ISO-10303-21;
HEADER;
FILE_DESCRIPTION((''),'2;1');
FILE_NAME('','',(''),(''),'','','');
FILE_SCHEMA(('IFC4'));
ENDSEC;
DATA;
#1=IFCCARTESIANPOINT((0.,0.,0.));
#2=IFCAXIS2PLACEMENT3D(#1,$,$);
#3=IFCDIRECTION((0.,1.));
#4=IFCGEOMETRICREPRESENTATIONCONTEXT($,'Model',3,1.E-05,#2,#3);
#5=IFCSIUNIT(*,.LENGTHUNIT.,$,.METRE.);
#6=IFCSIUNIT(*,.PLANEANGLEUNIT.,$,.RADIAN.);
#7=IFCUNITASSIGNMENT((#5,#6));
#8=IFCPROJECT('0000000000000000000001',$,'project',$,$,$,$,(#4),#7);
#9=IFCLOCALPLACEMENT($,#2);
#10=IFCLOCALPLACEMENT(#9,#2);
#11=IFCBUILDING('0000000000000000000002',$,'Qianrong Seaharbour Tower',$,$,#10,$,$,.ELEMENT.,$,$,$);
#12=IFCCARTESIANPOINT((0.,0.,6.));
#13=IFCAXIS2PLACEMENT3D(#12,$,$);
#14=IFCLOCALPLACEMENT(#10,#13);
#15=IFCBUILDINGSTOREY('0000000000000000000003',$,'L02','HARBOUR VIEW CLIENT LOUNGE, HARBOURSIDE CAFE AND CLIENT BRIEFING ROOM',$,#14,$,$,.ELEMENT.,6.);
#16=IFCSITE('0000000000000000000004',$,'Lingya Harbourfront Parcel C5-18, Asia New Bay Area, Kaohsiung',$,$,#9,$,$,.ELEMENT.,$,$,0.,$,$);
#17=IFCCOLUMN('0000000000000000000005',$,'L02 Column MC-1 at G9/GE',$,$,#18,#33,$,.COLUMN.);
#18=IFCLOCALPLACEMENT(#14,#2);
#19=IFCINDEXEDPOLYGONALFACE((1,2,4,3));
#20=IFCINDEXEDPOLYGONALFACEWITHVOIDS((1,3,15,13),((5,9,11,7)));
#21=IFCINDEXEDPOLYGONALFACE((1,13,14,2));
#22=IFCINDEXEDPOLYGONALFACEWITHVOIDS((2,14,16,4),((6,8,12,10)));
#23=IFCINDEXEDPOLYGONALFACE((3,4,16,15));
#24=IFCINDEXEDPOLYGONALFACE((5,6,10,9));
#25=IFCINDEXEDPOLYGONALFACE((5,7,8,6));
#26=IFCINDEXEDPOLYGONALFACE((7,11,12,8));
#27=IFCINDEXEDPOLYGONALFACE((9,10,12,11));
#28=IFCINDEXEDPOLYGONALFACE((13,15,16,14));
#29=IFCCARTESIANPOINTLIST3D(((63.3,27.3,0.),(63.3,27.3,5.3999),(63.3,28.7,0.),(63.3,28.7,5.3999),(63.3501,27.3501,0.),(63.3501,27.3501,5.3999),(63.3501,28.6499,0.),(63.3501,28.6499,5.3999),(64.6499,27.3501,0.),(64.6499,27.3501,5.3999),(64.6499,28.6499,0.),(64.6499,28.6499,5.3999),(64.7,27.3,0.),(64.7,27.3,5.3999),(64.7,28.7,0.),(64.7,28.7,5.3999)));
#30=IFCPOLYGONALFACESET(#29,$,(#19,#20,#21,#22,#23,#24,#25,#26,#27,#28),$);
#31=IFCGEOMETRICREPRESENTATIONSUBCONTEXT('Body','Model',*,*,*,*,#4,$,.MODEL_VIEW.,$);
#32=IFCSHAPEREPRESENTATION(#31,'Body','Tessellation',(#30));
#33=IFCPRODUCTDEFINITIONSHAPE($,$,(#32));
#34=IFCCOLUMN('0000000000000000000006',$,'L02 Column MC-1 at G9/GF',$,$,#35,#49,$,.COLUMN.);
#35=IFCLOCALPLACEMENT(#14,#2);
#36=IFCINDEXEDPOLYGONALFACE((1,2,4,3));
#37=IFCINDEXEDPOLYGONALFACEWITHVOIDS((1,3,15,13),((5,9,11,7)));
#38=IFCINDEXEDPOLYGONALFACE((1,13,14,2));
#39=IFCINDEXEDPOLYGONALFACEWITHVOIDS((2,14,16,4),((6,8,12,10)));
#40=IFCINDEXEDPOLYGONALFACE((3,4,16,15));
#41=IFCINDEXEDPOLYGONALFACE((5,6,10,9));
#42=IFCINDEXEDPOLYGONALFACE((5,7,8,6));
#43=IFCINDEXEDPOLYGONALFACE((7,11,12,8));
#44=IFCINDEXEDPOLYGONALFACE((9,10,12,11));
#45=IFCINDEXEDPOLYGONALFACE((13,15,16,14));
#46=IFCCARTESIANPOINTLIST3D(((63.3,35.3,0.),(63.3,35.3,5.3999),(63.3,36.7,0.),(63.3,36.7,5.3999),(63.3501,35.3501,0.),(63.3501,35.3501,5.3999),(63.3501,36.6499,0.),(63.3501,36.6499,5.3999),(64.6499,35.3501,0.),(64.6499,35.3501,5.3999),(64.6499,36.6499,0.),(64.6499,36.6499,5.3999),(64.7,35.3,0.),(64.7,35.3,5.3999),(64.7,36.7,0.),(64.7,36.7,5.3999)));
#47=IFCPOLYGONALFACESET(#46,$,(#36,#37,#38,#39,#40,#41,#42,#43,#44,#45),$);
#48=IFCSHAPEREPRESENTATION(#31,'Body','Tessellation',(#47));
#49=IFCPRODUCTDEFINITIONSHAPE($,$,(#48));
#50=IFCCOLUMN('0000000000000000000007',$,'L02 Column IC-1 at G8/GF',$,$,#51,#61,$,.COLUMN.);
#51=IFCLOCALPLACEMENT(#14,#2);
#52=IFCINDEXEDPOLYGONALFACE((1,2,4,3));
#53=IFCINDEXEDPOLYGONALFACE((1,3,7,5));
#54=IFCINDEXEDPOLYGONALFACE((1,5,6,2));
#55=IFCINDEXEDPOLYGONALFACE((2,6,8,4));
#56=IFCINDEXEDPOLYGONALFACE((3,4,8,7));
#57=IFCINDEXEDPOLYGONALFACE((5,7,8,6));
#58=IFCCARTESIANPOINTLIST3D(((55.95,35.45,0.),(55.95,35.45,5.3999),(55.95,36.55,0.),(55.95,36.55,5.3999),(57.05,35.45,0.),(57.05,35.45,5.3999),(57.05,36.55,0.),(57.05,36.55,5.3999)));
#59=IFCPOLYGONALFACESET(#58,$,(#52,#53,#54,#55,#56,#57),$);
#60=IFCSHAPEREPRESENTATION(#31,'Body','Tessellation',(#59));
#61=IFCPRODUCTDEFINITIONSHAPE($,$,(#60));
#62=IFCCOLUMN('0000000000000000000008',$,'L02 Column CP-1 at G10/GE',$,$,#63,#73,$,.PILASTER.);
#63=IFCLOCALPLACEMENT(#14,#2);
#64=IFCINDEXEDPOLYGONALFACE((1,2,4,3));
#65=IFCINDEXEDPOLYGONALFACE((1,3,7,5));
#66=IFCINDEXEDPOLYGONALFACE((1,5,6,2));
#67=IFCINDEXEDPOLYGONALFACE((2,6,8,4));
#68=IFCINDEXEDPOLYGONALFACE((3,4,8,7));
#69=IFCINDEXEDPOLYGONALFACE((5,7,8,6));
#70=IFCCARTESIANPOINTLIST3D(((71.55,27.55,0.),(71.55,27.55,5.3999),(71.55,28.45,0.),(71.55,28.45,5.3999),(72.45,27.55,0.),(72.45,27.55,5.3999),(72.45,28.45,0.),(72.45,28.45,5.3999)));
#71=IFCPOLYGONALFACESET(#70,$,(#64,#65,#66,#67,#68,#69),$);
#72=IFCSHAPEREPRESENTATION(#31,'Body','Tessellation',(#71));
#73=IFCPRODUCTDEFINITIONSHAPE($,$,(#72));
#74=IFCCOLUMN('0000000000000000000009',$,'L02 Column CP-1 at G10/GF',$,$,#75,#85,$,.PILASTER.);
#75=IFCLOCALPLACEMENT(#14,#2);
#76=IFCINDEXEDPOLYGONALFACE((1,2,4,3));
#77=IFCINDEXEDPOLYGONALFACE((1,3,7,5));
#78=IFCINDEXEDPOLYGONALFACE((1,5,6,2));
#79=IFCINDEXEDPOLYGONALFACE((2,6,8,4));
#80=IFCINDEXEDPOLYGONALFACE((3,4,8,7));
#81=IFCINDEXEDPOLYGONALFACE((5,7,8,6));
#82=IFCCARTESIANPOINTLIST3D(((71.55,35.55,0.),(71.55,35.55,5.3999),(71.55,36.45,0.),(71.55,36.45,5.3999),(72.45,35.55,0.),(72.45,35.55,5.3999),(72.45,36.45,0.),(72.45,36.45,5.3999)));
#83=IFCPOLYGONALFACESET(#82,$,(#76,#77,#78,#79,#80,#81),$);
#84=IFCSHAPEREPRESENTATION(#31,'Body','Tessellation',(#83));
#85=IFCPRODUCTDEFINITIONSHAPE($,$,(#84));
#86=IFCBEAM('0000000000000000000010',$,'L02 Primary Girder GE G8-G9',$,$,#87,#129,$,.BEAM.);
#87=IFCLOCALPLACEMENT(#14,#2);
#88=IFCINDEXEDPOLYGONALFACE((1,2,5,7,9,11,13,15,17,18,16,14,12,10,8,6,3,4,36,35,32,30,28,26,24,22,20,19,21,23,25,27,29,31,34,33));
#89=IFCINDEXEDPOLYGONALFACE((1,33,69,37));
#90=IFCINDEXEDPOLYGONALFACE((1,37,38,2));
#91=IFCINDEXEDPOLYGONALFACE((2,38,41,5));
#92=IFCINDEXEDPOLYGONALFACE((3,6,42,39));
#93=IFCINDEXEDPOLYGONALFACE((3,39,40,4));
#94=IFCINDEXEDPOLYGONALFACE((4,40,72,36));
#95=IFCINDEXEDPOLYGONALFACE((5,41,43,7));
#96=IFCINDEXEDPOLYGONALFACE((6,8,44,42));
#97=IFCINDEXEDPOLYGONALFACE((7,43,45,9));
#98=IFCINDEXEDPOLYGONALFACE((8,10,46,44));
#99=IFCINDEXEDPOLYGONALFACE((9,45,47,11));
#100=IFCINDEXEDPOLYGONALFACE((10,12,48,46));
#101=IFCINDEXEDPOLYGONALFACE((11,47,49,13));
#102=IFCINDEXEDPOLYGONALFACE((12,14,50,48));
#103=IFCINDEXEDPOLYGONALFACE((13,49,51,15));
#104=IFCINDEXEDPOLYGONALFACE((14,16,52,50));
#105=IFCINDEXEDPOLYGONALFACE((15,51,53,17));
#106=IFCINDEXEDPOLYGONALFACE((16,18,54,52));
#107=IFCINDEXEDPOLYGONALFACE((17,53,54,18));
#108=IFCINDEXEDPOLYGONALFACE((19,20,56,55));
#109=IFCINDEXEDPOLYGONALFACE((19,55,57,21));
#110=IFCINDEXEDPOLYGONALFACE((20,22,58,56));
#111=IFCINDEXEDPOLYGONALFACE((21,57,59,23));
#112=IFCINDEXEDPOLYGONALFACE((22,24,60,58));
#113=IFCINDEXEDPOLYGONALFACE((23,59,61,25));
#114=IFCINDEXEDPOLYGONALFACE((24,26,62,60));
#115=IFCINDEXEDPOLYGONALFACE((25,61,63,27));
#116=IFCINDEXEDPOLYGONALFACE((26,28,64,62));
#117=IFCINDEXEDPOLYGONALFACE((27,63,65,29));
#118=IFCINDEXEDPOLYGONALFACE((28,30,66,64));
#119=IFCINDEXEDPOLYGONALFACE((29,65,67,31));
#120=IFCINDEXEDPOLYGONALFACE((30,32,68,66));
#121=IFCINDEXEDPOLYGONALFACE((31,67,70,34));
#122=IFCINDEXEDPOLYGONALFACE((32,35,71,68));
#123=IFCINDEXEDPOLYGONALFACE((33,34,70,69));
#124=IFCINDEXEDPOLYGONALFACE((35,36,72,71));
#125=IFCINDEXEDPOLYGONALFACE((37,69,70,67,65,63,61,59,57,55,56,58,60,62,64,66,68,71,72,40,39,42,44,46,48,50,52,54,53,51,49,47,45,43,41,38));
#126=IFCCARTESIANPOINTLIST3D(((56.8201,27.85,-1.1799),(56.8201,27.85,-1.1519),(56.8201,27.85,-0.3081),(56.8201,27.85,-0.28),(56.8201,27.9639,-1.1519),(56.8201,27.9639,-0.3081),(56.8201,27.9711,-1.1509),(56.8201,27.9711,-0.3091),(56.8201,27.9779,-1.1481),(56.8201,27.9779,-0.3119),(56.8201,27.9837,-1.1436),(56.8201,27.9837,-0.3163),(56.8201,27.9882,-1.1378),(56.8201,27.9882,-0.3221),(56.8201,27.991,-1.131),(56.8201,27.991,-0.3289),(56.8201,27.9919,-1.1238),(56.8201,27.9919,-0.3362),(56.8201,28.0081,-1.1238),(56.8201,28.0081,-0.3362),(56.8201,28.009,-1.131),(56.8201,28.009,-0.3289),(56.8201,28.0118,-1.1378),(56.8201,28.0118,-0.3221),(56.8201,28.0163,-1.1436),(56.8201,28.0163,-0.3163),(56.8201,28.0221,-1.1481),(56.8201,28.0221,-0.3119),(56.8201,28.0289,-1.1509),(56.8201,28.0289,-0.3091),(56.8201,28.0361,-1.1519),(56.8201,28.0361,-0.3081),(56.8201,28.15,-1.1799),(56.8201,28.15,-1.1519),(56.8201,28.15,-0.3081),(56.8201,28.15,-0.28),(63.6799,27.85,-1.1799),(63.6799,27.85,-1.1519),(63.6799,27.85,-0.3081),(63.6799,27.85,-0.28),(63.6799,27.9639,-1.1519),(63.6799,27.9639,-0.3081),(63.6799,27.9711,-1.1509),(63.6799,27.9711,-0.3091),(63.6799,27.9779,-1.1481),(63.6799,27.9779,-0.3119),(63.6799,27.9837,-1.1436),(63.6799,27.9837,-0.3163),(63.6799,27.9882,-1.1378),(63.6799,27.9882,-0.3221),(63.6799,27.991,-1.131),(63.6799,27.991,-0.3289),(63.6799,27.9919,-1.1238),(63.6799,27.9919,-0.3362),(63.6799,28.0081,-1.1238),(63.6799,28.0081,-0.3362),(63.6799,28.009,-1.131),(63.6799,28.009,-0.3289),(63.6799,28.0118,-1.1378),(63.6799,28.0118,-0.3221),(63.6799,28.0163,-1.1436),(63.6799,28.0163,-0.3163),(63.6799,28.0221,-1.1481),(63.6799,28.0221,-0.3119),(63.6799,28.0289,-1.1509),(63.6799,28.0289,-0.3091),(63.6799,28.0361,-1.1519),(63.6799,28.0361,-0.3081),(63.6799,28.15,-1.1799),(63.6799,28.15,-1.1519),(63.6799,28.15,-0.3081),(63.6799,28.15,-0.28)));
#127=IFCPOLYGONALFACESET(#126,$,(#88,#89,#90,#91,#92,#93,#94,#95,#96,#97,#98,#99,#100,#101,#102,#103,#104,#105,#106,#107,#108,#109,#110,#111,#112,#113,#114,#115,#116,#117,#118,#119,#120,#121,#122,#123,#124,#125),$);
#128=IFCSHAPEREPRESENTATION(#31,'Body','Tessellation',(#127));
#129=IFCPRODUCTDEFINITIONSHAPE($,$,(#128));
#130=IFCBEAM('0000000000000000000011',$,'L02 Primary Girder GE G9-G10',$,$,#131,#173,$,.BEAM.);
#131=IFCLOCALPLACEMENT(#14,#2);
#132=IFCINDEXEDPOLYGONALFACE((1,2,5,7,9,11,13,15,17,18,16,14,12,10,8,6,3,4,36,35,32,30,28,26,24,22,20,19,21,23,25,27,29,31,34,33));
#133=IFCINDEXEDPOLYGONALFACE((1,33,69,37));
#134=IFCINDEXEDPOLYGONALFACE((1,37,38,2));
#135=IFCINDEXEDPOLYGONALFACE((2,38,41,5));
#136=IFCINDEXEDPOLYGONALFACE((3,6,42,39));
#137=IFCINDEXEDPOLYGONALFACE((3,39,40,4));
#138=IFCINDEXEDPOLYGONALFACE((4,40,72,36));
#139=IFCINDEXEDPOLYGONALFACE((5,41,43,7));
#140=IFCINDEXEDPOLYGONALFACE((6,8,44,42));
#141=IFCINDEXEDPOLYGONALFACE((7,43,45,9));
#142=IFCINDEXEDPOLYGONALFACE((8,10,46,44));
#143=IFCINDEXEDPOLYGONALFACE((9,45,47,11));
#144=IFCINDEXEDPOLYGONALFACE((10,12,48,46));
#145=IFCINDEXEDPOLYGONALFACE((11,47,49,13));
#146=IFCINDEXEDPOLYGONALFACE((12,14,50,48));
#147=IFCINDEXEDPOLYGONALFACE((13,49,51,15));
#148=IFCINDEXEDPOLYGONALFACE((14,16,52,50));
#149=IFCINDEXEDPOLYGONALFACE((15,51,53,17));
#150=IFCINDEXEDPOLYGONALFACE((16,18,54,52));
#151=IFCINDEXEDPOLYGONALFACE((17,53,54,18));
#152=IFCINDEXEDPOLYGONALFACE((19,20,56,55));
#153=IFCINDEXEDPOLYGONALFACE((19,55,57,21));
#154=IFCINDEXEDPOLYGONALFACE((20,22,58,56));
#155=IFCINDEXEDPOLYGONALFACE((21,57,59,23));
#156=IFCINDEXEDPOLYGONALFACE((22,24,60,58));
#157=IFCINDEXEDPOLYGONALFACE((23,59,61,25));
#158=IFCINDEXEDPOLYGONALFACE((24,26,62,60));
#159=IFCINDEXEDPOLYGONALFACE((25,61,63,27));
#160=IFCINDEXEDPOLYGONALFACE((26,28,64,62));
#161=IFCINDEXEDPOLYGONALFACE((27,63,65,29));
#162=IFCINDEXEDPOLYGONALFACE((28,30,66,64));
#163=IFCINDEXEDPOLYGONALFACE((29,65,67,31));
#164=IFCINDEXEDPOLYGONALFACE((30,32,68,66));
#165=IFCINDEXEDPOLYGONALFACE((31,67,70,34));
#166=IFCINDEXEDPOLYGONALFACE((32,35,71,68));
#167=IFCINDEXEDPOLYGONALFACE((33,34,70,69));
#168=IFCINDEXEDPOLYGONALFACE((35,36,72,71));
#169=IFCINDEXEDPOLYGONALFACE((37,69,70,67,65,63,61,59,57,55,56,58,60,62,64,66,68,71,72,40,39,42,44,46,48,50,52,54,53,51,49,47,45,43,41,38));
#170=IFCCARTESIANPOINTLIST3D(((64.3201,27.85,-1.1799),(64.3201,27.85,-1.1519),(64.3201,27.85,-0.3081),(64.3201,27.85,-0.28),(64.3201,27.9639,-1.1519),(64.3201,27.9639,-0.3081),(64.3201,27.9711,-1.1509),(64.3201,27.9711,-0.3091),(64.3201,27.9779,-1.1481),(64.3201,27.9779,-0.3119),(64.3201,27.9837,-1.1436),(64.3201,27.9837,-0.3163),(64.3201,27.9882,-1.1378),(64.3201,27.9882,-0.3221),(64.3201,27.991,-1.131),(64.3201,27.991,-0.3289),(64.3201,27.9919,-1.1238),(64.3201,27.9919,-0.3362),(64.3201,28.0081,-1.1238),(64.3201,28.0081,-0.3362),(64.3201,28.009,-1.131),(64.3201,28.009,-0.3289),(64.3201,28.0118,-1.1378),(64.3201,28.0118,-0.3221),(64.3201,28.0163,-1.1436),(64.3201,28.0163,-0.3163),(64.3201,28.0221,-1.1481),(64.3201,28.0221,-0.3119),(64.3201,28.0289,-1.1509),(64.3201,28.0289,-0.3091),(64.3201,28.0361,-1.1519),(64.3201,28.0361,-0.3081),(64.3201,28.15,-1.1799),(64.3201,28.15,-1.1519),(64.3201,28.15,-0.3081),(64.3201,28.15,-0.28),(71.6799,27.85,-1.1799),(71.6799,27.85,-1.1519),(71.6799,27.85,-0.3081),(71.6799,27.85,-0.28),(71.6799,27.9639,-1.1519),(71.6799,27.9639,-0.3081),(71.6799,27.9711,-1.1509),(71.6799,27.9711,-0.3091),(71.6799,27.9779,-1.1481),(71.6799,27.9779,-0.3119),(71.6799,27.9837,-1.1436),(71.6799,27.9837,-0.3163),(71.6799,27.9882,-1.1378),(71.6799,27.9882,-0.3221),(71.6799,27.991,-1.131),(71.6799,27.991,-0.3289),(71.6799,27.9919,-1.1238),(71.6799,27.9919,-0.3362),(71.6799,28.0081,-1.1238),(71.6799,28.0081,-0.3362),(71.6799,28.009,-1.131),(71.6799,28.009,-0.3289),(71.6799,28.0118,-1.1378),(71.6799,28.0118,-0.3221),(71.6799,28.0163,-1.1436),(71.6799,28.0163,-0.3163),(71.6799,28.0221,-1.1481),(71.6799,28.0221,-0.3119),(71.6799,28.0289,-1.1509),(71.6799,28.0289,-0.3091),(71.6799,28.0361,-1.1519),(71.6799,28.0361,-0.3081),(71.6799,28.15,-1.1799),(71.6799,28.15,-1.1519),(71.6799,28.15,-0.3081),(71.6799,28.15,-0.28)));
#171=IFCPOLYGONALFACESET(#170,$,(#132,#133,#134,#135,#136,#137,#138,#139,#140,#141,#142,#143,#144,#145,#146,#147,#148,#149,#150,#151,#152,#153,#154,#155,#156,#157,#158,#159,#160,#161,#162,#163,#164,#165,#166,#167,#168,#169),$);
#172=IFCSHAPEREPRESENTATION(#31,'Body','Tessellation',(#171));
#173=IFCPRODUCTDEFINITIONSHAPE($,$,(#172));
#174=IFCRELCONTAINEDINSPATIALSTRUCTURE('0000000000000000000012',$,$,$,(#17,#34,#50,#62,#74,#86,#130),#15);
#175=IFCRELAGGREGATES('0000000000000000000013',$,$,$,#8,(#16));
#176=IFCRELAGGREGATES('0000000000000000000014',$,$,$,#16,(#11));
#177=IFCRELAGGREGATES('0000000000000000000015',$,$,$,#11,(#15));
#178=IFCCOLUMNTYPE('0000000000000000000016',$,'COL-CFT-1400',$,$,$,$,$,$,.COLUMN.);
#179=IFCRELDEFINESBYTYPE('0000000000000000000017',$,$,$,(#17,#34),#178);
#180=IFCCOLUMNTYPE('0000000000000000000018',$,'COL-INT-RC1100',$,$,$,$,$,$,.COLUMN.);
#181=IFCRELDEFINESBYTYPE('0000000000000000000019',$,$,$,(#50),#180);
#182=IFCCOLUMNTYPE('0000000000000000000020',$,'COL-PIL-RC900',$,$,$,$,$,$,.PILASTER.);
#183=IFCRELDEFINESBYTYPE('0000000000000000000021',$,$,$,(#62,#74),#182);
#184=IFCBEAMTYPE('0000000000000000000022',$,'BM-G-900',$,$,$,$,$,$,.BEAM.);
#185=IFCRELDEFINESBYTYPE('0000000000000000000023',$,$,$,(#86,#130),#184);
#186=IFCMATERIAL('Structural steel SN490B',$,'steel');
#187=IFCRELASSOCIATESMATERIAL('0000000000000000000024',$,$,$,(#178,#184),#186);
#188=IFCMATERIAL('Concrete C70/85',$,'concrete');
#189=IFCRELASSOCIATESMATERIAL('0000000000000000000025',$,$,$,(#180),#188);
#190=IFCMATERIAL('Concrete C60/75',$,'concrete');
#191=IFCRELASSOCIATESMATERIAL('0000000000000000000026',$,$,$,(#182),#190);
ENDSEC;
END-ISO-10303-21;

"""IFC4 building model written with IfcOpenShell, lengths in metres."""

from ifc_helpers import new_model, si_unit, direction, frame, origin, origin_2d, place, context, subcontext, project, spatial, rectangle, hollow_rectangle, i_section, extrude, material, material_profile, profile_set, type_object, element, save


model = new_model("IFC4")

# Units and contexts
model_context = context("Model", 3, precision=1e-05, world=origin(), true_north=direction((0.0, 1.0)))
body_context = subcontext(model_context, "Body", "Model", "MODEL_VIEW")
ifc_project = project(units=[si_unit("LENGTHUNIT", "METRE"), si_unit("PLANEANGLEUNIT", "RADIAN")], contexts=[model_context])

# Site, building, storey
site_placement = place(None, origin())
site = spatial("IfcSite", under=ifc_project, at=site_placement, Name="Lingya Harbourfront Parcel C5-18, Asia New Bay Area, Kaohsiung", CompositionType="ELEMENT", RefElevation=0.0)
building_placement = place(site_placement, origin())
building = spatial("IfcBuilding", under=site, at=building_placement, Name="Qianrong Seaharbour Tower", CompositionType="ELEMENT")
storey_placement = place(building_placement, frame((0.0, 0.0, 6.0)))
storey = spatial("IfcBuildingStorey", under=building, at=storey_placement, Name="L02", Description="HARBOUR VIEW CLIENT LOUNGE, HARBOURSIDE CAFE AND CLIENT BRIEFING ROOM", CompositionType="ELEMENT", Elevation=6.0)

# Columns
ifc_material_1 = material(Name="Structural steel SN490B", Category="steel")
ifc_material_profile_1 = material_profile(ifc_material_1, hollow_rectangle(XDim=1.3999, YDim=1.3999, WallThickness=0.05, at=origin_2d()), Name="BOX1400x1400x50")
ifc_profile_set_1 = profile_set([ifc_material_profile_1], Name="Structural steel SN490B")
column_type_1 = type_object("IfcColumnType", Name="COL-CFT-1400", PredefinedType="COLUMN", material=ifc_profile_set_1)
for number, where, z_axis, x_axis, name in (
    (1, (64.0, 28.0, 0.0), (0.0, 0.0, 1.0), (1.0, 0.0, 0.0), "L02 Column MC-1 at G9/GE"),
    (2, (64.0, 36.0, 0.0), (0.0, 0.0, 1.0), (1.0, 0.0, 0.0), "L02 Column MC-1 at G9/GF"),
):
    element("IfcColumn", number, at=place(storey_placement, frame(where, z_axis=z_axis, x_axis=x_axis)), inside=storey, type_object=column_type_1, Name=name, PredefinedType="COLUMN", context=body_context, shape_type="SweptSolid", body=[
        extrude(hollow_rectangle(XDim=1.3999, YDim=1.3999, WallThickness=0.05, at=origin_2d()), origin(), (0.0, 0.0, 1.0), 5.3999),
    ])
ifc_material_2 = material(Name="Concrete C70/85", Category="concrete")
ifc_material_profile_2 = material_profile(ifc_material_2, rectangle(XDim=1.1001, YDim=1.1001, at=origin_2d()), Name="RC1100x1100")
ifc_profile_set_2 = profile_set([ifc_material_profile_2], Name="Concrete C70/85")
column_type_2 = type_object("IfcColumnType", Name="COL-INT-RC1100", PredefinedType="COLUMN", material=ifc_profile_set_2)
column_placement = place(storey_placement, frame((56.5, 36.0, 0.0), z_axis=(0.0, 0.0, 1.0), x_axis=(1.0, 0.0, 0.0)))
element("IfcColumn", 3, at=column_placement, inside=storey, type_object=column_type_2, Name="L02 Column IC-1 at G8/GF", PredefinedType="COLUMN", context=body_context, shape_type="SweptSolid", body=[
    extrude(rectangle(XDim=1.1001, YDim=1.1001, at=origin_2d()), origin(), (0.0, 0.0, 1.0), 5.3999),
])
ifc_material_3 = material(Name="Concrete C60/75", Category="concrete")
ifc_material_profile_3 = material_profile(ifc_material_3, rectangle(XDim=0.8999, YDim=0.8999, at=origin_2d()), Name="RC900x900")
ifc_profile_set_3 = profile_set([ifc_material_profile_3], Name="Concrete C60/75")
column_type_3 = type_object("IfcColumnType", Name="COL-PIL-RC900", PredefinedType="PILASTER", material=ifc_profile_set_3)
for number, where, z_axis, x_axis, name in (
    (4, (72.0, 28.0, 0.0), (0.0, 0.0, 1.0), (1.0, 0.0, 0.0), "L02 Column CP-1 at G10/GE"),
    (5, (72.0, 36.0, 0.0), (0.0, 0.0, 1.0), (1.0, 0.0, 0.0), "L02 Column CP-1 at G10/GF"),
):
    element("IfcColumn", number, at=place(storey_placement, frame(where, z_axis=z_axis, x_axis=x_axis)), inside=storey, type_object=column_type_3, Name=name, PredefinedType="PILASTER", context=body_context, shape_type="SweptSolid", body=[
        extrude(rectangle(XDim=0.8999, YDim=0.8999, at=origin_2d()), origin(), (0.0, 0.0, 1.0), 5.3999),
    ])

# Beams
ifc_material_profile_4 = material_profile(ifc_material_1, i_section(OverallWidth=0.3, OverallDepth=0.8999, WebThickness=0.0161, FlangeThickness=0.0281, FilletRadius=0.0281, at=origin_2d()), Name="H900x300x16x28")
ifc_profile_set_4 = profile_set([ifc_material_profile_4], Name="Structural steel SN490B")
beam_type_1 = type_object("IfcBeamType", Name="BM-G-900", PredefinedType="BEAM", material=ifc_profile_set_4)
beam_1_placement = place(storey_placement, frame((56.8201, 28.0, -0.73), z_axis=(1.0, 0.0, 0.0), x_axis=(0.0, 1.0, 0.0)))
element("IfcBeam", 6, at=beam_1_placement, inside=storey, type_object=beam_type_1, Name="L02 Primary Girder GE G8-G9", PredefinedType="BEAM", context=body_context, shape_type="SweptSolid", body=[
    extrude(i_section(OverallWidth=0.3, OverallDepth=0.8999, WebThickness=0.0161, FlangeThickness=0.0281, FilletRadius=0.0281, at=origin_2d()), origin(), (0.0, 0.0, 1.0), 6.8599),
])
for number, where, z_axis, x_axis, name in (
    (7, (64.3201, 28.0, -0.73), (1.0, 0.0, 0.0), (0.0, 1.0, 0.0), "L02 Primary Girder GE G9-G10"),
):
    element("IfcBeam", number, at=place(storey_placement, frame(where, z_axis=z_axis, x_axis=x_axis)), inside=storey, type_object=beam_type_1, Name=name, PredefinedType="BEAM", context=body_context, shape_type="SweptSolid", body=[
        extrude(i_section(OverallWidth=0.3, OverallDepth=0.8999, WebThickness=0.0161, FlangeThickness=0.0281, FilletRadius=0.0281, at=origin_2d()), origin(), (0.0, 0.0, 1.0), 7.3599),
    ])

save(model, "model.ifc")
